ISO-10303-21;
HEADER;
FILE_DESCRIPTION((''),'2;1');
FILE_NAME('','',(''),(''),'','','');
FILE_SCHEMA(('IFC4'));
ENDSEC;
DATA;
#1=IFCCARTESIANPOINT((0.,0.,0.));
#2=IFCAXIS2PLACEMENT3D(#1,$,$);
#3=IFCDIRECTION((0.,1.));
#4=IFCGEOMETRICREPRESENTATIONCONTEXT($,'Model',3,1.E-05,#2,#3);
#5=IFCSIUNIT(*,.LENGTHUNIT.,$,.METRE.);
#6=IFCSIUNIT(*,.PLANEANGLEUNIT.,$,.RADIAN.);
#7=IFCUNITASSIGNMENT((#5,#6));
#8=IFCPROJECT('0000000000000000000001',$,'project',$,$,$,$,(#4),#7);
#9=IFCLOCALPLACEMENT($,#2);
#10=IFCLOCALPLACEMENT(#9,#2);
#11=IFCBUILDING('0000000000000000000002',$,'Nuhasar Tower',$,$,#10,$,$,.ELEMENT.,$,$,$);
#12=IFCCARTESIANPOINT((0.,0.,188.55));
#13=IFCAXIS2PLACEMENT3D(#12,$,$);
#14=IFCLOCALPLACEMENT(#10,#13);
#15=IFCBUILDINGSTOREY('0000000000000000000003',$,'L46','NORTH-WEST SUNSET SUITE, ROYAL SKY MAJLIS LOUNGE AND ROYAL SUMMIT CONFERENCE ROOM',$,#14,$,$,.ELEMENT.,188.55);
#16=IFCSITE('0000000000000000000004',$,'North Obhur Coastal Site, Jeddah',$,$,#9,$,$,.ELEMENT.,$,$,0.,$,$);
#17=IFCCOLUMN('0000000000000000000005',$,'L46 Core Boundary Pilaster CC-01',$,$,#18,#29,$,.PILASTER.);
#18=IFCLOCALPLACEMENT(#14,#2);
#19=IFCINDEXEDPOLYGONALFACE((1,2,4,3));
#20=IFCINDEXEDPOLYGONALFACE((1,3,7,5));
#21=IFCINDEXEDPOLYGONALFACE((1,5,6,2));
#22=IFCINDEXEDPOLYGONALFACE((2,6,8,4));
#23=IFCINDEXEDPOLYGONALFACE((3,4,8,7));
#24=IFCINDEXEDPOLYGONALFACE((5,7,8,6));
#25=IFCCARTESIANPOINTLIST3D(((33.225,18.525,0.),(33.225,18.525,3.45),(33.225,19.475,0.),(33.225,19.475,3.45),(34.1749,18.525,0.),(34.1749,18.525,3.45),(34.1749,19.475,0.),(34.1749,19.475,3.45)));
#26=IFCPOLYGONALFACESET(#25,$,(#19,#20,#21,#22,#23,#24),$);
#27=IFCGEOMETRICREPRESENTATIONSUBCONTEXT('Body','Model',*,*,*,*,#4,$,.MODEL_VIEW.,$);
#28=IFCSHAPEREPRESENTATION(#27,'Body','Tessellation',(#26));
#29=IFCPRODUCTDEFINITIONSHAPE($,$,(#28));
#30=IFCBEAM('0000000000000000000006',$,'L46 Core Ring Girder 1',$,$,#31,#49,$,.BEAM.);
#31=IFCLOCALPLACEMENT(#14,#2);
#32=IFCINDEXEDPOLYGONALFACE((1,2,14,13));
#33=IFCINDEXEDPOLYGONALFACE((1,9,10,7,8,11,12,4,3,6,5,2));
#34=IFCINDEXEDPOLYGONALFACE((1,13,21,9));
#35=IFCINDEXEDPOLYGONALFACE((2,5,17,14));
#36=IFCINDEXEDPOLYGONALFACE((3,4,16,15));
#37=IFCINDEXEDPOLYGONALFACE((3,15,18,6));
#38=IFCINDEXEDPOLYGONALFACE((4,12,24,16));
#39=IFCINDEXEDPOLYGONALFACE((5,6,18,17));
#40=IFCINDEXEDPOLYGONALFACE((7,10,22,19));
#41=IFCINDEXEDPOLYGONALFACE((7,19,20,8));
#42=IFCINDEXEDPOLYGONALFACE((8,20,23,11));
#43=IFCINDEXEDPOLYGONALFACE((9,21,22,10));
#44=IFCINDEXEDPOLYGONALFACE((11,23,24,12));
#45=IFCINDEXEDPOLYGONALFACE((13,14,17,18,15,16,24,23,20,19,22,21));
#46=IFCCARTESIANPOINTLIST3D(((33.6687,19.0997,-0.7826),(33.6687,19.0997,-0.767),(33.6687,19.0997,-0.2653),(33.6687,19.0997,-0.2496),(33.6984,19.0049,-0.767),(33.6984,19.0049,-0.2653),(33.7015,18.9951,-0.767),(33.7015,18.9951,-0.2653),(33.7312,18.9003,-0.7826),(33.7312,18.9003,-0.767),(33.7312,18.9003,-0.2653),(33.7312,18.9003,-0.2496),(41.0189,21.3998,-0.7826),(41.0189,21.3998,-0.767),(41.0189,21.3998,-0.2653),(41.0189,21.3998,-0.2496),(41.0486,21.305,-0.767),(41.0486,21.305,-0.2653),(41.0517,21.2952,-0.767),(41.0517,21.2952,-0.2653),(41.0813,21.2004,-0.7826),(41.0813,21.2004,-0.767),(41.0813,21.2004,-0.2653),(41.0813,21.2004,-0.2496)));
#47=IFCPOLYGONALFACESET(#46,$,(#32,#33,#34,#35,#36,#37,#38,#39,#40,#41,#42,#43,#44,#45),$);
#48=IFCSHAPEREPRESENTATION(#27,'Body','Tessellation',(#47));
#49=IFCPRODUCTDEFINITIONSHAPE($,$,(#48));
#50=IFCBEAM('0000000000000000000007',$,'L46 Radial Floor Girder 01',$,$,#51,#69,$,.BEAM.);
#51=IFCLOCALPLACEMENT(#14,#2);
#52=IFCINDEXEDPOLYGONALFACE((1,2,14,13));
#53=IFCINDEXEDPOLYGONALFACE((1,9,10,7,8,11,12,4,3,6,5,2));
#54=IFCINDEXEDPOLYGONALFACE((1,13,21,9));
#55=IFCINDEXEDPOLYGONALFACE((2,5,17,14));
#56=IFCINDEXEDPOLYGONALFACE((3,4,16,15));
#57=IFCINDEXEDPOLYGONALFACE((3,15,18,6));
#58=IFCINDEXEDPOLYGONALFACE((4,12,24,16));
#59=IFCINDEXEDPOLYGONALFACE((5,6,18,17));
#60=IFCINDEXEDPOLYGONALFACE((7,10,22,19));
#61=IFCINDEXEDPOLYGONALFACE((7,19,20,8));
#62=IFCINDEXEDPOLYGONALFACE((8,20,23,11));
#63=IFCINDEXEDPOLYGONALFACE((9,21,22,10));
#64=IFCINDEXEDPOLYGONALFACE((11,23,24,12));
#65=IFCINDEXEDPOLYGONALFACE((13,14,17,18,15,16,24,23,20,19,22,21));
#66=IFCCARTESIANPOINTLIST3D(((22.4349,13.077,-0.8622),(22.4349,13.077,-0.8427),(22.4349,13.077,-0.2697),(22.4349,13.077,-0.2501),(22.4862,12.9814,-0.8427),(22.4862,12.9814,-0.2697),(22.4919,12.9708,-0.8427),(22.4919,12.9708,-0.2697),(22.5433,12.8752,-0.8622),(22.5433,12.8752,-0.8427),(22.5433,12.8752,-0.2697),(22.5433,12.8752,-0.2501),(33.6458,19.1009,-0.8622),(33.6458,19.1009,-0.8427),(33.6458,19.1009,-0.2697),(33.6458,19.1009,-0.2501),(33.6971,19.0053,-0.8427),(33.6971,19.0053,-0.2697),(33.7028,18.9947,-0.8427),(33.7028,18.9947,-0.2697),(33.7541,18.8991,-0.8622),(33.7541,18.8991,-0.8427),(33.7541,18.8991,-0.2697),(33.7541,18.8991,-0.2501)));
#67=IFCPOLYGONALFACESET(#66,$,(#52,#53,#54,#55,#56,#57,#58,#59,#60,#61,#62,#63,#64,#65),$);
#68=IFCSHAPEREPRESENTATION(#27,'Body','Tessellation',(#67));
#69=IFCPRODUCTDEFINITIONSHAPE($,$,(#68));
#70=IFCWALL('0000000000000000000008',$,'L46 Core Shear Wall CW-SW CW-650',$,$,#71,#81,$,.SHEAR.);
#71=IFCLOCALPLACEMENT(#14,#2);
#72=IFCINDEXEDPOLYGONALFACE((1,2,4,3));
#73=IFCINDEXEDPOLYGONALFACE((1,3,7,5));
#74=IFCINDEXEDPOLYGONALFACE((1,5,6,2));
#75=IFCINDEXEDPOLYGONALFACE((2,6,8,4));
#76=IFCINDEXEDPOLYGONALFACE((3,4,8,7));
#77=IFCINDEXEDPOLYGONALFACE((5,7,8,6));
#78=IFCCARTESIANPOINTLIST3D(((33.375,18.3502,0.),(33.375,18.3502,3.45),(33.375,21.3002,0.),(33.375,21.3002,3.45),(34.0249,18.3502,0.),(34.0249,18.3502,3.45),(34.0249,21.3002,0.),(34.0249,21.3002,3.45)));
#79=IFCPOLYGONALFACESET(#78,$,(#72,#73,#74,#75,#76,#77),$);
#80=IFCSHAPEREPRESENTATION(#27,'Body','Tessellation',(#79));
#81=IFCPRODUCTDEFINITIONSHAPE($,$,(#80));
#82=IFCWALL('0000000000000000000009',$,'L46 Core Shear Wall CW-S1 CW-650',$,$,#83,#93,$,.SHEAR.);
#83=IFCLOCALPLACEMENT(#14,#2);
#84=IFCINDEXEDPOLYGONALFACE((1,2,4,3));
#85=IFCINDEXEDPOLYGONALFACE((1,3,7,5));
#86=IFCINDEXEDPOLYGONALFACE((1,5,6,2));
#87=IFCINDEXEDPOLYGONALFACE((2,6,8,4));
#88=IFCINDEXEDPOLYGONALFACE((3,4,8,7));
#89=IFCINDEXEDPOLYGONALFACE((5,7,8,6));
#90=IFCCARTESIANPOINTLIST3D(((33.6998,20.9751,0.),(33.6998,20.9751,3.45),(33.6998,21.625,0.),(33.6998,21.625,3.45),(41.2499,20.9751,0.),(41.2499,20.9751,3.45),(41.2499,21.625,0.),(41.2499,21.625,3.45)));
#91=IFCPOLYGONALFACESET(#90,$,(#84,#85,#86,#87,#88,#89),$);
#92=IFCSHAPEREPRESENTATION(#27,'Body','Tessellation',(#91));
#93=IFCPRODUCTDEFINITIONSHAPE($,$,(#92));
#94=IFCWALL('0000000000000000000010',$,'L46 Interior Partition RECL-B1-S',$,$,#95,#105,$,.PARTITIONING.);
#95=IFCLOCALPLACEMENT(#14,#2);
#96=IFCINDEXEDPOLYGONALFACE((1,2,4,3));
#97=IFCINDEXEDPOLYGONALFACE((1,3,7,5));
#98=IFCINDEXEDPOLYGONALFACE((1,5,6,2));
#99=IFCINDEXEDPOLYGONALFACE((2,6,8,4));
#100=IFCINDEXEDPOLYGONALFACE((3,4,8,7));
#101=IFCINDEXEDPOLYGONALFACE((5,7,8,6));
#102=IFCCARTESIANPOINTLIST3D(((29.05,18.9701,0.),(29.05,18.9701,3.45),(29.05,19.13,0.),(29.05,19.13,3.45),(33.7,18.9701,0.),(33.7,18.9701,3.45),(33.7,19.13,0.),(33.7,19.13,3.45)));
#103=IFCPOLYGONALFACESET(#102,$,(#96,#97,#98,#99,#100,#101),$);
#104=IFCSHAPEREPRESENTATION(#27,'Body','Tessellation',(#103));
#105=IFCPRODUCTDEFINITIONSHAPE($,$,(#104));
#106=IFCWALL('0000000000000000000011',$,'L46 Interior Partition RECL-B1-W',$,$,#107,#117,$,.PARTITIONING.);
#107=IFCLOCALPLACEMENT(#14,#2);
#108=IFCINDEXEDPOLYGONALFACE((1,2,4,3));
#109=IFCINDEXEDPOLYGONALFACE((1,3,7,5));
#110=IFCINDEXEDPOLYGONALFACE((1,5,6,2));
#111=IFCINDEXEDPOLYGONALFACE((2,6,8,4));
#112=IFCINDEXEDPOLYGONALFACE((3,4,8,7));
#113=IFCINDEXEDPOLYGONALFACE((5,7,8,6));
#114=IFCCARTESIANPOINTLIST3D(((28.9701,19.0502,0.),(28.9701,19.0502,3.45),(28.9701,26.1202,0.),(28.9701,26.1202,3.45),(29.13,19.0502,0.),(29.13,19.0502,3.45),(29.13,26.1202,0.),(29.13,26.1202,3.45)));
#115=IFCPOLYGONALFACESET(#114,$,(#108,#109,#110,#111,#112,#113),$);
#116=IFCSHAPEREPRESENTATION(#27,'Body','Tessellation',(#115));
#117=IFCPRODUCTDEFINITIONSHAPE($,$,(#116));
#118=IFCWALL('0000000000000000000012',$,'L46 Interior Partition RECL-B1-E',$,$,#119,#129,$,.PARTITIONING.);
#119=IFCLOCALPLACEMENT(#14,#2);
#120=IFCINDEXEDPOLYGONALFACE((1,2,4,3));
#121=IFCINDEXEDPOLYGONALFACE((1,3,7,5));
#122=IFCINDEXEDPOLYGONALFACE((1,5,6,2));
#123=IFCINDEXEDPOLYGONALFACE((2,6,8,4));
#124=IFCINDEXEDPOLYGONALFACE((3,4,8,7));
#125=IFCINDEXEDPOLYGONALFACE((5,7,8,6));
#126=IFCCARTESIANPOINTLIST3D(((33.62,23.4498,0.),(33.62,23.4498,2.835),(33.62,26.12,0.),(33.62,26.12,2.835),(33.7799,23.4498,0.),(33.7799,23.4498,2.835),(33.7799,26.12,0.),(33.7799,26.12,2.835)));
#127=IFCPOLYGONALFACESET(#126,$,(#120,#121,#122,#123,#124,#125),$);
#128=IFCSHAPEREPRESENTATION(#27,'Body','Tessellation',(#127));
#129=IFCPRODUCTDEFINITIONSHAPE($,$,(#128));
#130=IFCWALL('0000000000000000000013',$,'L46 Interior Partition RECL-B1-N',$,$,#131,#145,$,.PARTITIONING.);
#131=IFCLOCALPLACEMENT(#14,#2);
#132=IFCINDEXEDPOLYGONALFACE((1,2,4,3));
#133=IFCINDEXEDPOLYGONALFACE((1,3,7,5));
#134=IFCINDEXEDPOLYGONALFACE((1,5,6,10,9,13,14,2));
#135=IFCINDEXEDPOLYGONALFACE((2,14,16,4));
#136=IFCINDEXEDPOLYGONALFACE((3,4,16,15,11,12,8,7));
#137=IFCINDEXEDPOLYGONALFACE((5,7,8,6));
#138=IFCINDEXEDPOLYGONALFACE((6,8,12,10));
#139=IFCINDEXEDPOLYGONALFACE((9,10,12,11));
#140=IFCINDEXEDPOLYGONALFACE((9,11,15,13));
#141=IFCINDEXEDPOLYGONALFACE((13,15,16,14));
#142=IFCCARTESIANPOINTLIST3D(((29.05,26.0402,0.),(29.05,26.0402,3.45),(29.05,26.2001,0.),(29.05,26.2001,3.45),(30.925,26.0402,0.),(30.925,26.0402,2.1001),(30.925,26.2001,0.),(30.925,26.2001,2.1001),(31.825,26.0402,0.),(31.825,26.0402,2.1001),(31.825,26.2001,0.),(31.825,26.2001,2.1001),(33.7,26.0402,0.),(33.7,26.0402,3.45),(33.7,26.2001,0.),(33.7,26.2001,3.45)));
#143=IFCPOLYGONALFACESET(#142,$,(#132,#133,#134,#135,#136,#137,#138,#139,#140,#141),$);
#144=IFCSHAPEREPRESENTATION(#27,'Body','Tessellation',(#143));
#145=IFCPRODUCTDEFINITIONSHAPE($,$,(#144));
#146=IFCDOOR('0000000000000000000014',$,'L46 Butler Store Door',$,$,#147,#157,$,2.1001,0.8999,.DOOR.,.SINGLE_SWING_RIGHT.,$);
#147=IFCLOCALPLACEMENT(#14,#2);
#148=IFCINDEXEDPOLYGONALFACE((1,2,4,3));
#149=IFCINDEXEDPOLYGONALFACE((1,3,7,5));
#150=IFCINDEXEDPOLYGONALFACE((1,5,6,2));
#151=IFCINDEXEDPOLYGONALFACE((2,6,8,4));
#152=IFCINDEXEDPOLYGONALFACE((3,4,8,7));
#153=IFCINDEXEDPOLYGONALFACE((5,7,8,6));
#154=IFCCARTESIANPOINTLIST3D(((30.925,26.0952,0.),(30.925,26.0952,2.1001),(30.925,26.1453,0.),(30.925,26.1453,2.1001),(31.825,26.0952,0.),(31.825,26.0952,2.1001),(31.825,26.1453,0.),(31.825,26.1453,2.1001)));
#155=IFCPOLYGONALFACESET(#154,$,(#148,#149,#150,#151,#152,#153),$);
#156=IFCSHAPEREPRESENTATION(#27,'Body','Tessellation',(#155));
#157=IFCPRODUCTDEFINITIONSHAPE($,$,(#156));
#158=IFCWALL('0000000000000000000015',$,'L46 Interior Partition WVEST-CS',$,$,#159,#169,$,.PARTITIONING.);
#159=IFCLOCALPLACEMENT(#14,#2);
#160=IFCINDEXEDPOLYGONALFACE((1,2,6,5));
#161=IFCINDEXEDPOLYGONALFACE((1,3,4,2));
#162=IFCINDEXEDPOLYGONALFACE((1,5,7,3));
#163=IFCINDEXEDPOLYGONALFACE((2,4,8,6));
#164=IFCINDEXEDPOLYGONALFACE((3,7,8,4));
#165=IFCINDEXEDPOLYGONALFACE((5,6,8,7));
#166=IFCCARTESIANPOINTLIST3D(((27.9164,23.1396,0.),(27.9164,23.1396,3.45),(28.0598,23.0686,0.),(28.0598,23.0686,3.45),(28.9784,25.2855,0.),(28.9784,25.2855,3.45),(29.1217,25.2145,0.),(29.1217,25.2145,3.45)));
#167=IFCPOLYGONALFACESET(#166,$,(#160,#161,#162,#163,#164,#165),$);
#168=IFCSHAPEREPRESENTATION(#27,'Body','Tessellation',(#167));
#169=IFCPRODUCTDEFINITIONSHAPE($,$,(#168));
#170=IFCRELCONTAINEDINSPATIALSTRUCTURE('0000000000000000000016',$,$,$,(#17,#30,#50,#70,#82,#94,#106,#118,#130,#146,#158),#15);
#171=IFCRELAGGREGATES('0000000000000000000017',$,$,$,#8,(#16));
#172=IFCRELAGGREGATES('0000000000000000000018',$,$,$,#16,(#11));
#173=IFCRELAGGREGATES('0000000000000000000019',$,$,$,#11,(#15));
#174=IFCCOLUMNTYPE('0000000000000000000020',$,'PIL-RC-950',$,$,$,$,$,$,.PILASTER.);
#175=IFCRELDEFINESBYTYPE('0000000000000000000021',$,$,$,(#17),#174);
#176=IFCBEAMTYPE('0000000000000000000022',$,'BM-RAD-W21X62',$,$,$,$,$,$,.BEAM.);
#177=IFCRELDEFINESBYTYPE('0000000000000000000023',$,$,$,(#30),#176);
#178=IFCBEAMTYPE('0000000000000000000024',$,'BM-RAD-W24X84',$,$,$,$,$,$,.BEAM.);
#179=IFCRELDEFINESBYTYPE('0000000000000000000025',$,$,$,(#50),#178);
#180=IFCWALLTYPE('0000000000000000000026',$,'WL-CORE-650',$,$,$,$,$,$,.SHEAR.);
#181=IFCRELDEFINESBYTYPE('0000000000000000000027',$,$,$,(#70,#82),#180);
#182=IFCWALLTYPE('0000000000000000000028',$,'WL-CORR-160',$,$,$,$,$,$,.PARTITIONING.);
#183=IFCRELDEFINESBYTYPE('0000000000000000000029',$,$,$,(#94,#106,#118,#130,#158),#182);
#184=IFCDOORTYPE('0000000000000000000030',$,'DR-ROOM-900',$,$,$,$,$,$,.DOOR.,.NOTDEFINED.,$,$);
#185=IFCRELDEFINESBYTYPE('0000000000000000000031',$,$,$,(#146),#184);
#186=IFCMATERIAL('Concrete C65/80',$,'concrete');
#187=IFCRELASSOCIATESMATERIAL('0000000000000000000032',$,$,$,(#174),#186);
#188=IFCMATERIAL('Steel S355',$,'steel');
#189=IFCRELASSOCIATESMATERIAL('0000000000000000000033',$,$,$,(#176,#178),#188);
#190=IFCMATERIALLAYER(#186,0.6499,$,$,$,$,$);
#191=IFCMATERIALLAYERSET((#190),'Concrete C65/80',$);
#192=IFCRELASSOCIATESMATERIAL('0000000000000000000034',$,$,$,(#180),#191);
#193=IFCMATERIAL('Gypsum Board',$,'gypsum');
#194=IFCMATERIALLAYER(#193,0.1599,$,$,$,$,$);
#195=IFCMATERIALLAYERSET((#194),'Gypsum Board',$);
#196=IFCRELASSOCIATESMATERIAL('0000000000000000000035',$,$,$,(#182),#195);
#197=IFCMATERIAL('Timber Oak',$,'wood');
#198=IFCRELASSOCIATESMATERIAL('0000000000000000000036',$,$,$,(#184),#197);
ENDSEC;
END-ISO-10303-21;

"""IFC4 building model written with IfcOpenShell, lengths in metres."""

from ifc_helpers import new_model, si_unit, direction, frame, frame_2d, origin, origin_2d, place, context, subcontext, project, spatial, rectangle, i_section, extrude, material, layer, layer_set, material_profile, profile_set, type_object, element, fill, save


model = new_model("IFC4")

# Units and contexts
model_context = context("Model", 3, precision=1e-05, world=origin(), true_north=direction((0.0, 1.0)))
body_context = subcontext(model_context, "Body", "Model", "MODEL_VIEW")
ifc_project = project(units=[si_unit("LENGTHUNIT", "METRE"), si_unit("PLANEANGLEUNIT", "RADIAN")], contexts=[model_context])

# Site, building, storey
site_placement = place(None, origin())
site = spatial("IfcSite", under=ifc_project, at=site_placement, Name="North Obhur Coastal Site, Jeddah", CompositionType="ELEMENT", RefElevation=0.0)
building_placement = place(site_placement, origin())
building = spatial("IfcBuilding", under=site, at=building_placement, Name="Nuhasar Tower", CompositionType="ELEMENT")
storey_placement = place(building_placement, frame((0.0, 0.0, 188.55)))
storey = spatial("IfcBuildingStorey", under=building, at=storey_placement, Name="L46", Description="NORTH-WEST SUNSET SUITE, ROYAL SKY MAJLIS LOUNGE AND ROYAL SUMMIT CONFERENCE ROOM", CompositionType="ELEMENT", Elevation=188.55)

# Column
ifc_material_1 = material(Name="Concrete C65/80", Category="concrete")
ifc_material_profile_1 = material_profile(ifc_material_1, rectangle(XDim=0.95, YDim=0.95, at=origin_2d()), Name="RC950X950")
ifc_profile_set_1 = profile_set([ifc_material_profile_1], Name="Concrete C65/80")
column_type = type_object("IfcColumnType", Name="PIL-RC-950", PredefinedType="PILASTER", material=ifc_profile_set_1)
column_placement = place(storey_placement, frame((33.7, 19.0, 0.0), z_axis=(0.0, 0.0, 1.0), x_axis=(1.0, 0.0, 0.0)))
element("IfcColumn", 1, at=column_placement, inside=storey, type_object=column_type, Name="L46 Core Boundary Pilaster CC-01", PredefinedType="PILASTER", context=body_context, shape_type="SweptSolid", body=[
    extrude(rectangle(XDim=0.95, YDim=0.95, at=origin_2d()), origin(), (0.0, 0.0, 1.0), 3.45),
])

# Beams
ifc_material_2 = material(Name="Steel S355", Category="steel")
ifc_material_profile_2 = material_profile(ifc_material_2, i_section(OverallWidth=0.209, OverallDepth=0.533, WebThickness=0.0103, FlangeThickness=0.0156, at=origin_2d()), Name="W21X62")
ifc_profile_set_2 = profile_set([ifc_material_profile_2], Name="Steel S355")
beam_type_1 = type_object("IfcBeamType", Name="BM-RAD-W21X62", PredefinedType="BEAM", material=ifc_profile_set_2)
beam_1_placement = place(storey_placement, frame((33.7, 19.0, -0.5161), z_axis=(0.954364, 0.298647, 0.0), x_axis=(-0.298647, 0.954364, 0.0)))
element("IfcBeam", 2, at=beam_1_placement, inside=storey, type_object=beam_type_1, Name="L46 Core Ring Girder 1", PredefinedType="BEAM", context=body_context, shape_type="SweptSolid", body=[
    extrude(i_section(OverallWidth=0.209, OverallDepth=0.533, WebThickness=0.0103, FlangeThickness=0.0156, at=origin_2d()), origin(), (0.0, 0.0, 1.0), 7.7017),
])
ifc_material_profile_3 = material_profile(ifc_material_2, i_section(OverallWidth=0.229, OverallDepth=0.6121, WebThickness=0.012, FlangeThickness=0.0195, at=origin_2d()), Name="W24X84")
ifc_profile_set_3 = profile_set([ifc_material_profile_3], Name="Steel S355")
beam_type_2 = type_object("IfcBeamType", Name="BM-RAD-W24X84", PredefinedType="BEAM", material=ifc_profile_set_3)
beam_2_placement = place(storey_placement, frame((33.7, 19.0, -0.5562), z_axis=(-0.880888, -0.473324, 0.0), x_axis=(0.473324, -0.880888, 0.0)))
element("IfcBeam", 3, at=beam_2_placement, inside=storey, type_object=beam_type_2, Name="L46 Radial Floor Girder 01", PredefinedType="BEAM", context=body_context, shape_type="SweptSolid", body=[
    extrude(i_section(OverallWidth=0.229, OverallDepth=0.6121, WebThickness=0.012, FlangeThickness=0.0195, at=origin_2d()), origin(), (0.0, 0.0, 1.0), 12.7268),
])

# Walls
ifc_layer_1 = layer(ifc_material_1, 0.6499)
ifc_layer_set_1 = layer_set([ifc_layer_1], Name="Concrete C65/80")
wall_type_1 = type_object("IfcWallType", Name="WL-CORE-650", PredefinedType="SHEAR", material=ifc_layer_set_1)
wall_1_placement = place(storey_placement, frame((33.7, 18.3501, 0.0), z_axis=(0.0, 0.0, 1.0), x_axis=(0.0, 1.0, 0.0)))
element("IfcWall", 4, at=wall_1_placement, inside=storey, type_object=wall_type_1, Name="L46 Core Shear Wall CW-SW CW-650", PredefinedType="SHEAR", context=body_context, shape_type="SweptSolid", body=[
    extrude(rectangle(XDim=2.95, YDim=0.6499, at=frame_2d((1.4751, 0.0))), origin(), (0.0, 0.0, 1.0), 3.45),
])
wall_2_placement = place(storey_placement, frame((33.7, 21.3, 0.0), z_axis=(0.0, 0.0, 1.0), x_axis=(1.0, 0.0, 0.0)))
element("IfcWall", 5, at=wall_2_placement, inside=storey, type_object=wall_type_1, Name="L46 Core Shear Wall CW-S1 CW-650", PredefinedType="SHEAR", context=body_context, shape_type="SweptSolid", body=[
    extrude(rectangle(XDim=7.55, YDim=0.6499, at=frame_2d((3.7749, 0.0))), origin(), (0.0, 0.0, 1.0), 3.45),
])
ifc_material_3 = material(Name="Gypsum Board", Category="gypsum")
ifc_layer_2 = layer(ifc_material_3, 0.1599)
ifc_layer_set_2 = layer_set([ifc_layer_2], Name="Gypsum Board")
wall_type_2 = type_object("IfcWallType", Name="WL-CORR-160", PredefinedType="PARTITIONING", material=ifc_layer_set_2)
wall_3_placement = place(storey_placement, frame((29.05, 19.05, 0.0), z_axis=(0.0, 0.0, 1.0), x_axis=(1.0, 0.0, 0.0)))
element("IfcWall", 6, at=wall_3_placement, inside=storey, type_object=wall_type_2, Name="L46 Interior Partition RECL-B1-S", PredefinedType="PARTITIONING", context=body_context, shape_type="SweptSolid", body=[
    extrude(rectangle(XDim=4.6499, YDim=0.1599, at=frame_2d((2.325, 0.0))), origin(), (0.0, 0.0, 1.0), 3.45),
])
wall_4_placement = place(storey_placement, frame((29.05, 19.05, 0.0), z_axis=(0.0, 0.0, 1.0), x_axis=(0.0, 1.0, 0.0)))
element("IfcWall", 7, at=wall_4_placement, inside=storey, type_object=wall_type_2, Name="L46 Interior Partition RECL-B1-W", PredefinedType="PARTITIONING", context=body_context, shape_type="SweptSolid", body=[
    extrude(rectangle(XDim=7.0701, YDim=0.1599, at=frame_2d((3.5352, 0.0))), origin(), (0.0, 0.0, 1.0), 3.45),
])
wall_5_placement = place(storey_placement, frame((33.7, 23.45, 0.0), z_axis=(0.0, 0.0, 1.0), x_axis=(0.0, 1.0, 0.0)))
element("IfcWall", 8, at=wall_5_placement, inside=storey, type_object=wall_type_2, Name="L46 Interior Partition RECL-B1-E", PredefinedType="PARTITIONING", context=body_context, shape_type="SweptSolid", body=[
    extrude(rectangle(XDim=2.6702, YDim=0.1599, at=frame_2d((1.335, 0.0))), origin(), (0.0, 0.0, 1.0), 2.835),
])

# Wall, opening, door
wall_6_placement = place(storey_placement, frame((33.7, 26.1201, 0.0), z_axis=(0.0, 0.0, 1.0), x_axis=(-1.0, 0.0, 0.0)))
wall_6 = element("IfcWall", 9, at=wall_6_placement, inside=storey, type_object=wall_type_2, Name="L46 Interior Partition RECL-B1-N", PredefinedType="PARTITIONING", context=body_context, shape_type="SweptSolid", body=[
    extrude(rectangle(XDim=4.6499, YDim=0.1599, at=frame_2d((2.325, 0.0))), origin(), (0.0, 0.0, 1.0), 3.45),
])
opening_1_placement = place(wall_6_placement, frame((1.875, 0.0, 0.0)))
opening_1 = element("IfcOpeningElement", 10, at=opening_1_placement, cuts=wall_6, PredefinedType="OPENING", context=body_context, shape_type="SweptSolid", body=[
    extrude(rectangle(XDim=0.8999, YDim=2.1001, at=frame_2d((0.45, 1.05))), frame((0.0, 0.0898, 0.0), z_axis=(0.0, -1.0, 0.0), x_axis=(1.0, 0.0, 0.0)), (0.0, 0.0, 1.0), 0.1799),
])
ifc_material_4 = material(Name="Timber Oak", Category="wood")
door_type_1 = type_object("IfcDoorType", Name="DR-ROOM-900", OperationType="NOTDEFINED", PredefinedType="DOOR", material=ifc_material_4)
door_1_placement = place(opening_1_placement, origin())
door_1 = element("IfcDoor", 11, at=door_1_placement, inside=storey, type_object=door_type_1, Name="L46 Butler Store Door", OperationType="SINGLE_SWING_RIGHT", OverallHeight=2.1001, OverallWidth=0.8999, PredefinedType="DOOR", context=body_context, shape_type="SweptSolid", body=[
    extrude(rectangle(XDim=0.8999, YDim=2.1001, at=frame_2d((0.45, 1.05))), frame((0.0, 0.0249, 0.0), z_axis=(0.0, -1.0, 0.0), x_axis=(1.0, 0.0, 0.0)), (0.0, 0.0, 1.0), 0.05),
])
fill(opening_1, door_1)

# Wall
wall_7_placement = place(storey_placement, frame((27.988, 23.104, 0.0), z_axis=(0.0, 0.0, 1.0), x_axis=(0.443539, 0.896255, 0.0)))
element("IfcWall", 12, at=wall_7_placement, inside=storey, type_object=wall_type_2, Name="L46 Interior Partition WVEST-CS", PredefinedType="PARTITIONING", context=body_context, shape_type="SweptSolid", body=[
    extrude(rectangle(XDim=2.3943, YDim=0.1599, at=frame_2d((1.1973, 0.0))), origin(), (0.0, 0.0, 1.0), 3.45),
])

save(model, "model.ifc")
